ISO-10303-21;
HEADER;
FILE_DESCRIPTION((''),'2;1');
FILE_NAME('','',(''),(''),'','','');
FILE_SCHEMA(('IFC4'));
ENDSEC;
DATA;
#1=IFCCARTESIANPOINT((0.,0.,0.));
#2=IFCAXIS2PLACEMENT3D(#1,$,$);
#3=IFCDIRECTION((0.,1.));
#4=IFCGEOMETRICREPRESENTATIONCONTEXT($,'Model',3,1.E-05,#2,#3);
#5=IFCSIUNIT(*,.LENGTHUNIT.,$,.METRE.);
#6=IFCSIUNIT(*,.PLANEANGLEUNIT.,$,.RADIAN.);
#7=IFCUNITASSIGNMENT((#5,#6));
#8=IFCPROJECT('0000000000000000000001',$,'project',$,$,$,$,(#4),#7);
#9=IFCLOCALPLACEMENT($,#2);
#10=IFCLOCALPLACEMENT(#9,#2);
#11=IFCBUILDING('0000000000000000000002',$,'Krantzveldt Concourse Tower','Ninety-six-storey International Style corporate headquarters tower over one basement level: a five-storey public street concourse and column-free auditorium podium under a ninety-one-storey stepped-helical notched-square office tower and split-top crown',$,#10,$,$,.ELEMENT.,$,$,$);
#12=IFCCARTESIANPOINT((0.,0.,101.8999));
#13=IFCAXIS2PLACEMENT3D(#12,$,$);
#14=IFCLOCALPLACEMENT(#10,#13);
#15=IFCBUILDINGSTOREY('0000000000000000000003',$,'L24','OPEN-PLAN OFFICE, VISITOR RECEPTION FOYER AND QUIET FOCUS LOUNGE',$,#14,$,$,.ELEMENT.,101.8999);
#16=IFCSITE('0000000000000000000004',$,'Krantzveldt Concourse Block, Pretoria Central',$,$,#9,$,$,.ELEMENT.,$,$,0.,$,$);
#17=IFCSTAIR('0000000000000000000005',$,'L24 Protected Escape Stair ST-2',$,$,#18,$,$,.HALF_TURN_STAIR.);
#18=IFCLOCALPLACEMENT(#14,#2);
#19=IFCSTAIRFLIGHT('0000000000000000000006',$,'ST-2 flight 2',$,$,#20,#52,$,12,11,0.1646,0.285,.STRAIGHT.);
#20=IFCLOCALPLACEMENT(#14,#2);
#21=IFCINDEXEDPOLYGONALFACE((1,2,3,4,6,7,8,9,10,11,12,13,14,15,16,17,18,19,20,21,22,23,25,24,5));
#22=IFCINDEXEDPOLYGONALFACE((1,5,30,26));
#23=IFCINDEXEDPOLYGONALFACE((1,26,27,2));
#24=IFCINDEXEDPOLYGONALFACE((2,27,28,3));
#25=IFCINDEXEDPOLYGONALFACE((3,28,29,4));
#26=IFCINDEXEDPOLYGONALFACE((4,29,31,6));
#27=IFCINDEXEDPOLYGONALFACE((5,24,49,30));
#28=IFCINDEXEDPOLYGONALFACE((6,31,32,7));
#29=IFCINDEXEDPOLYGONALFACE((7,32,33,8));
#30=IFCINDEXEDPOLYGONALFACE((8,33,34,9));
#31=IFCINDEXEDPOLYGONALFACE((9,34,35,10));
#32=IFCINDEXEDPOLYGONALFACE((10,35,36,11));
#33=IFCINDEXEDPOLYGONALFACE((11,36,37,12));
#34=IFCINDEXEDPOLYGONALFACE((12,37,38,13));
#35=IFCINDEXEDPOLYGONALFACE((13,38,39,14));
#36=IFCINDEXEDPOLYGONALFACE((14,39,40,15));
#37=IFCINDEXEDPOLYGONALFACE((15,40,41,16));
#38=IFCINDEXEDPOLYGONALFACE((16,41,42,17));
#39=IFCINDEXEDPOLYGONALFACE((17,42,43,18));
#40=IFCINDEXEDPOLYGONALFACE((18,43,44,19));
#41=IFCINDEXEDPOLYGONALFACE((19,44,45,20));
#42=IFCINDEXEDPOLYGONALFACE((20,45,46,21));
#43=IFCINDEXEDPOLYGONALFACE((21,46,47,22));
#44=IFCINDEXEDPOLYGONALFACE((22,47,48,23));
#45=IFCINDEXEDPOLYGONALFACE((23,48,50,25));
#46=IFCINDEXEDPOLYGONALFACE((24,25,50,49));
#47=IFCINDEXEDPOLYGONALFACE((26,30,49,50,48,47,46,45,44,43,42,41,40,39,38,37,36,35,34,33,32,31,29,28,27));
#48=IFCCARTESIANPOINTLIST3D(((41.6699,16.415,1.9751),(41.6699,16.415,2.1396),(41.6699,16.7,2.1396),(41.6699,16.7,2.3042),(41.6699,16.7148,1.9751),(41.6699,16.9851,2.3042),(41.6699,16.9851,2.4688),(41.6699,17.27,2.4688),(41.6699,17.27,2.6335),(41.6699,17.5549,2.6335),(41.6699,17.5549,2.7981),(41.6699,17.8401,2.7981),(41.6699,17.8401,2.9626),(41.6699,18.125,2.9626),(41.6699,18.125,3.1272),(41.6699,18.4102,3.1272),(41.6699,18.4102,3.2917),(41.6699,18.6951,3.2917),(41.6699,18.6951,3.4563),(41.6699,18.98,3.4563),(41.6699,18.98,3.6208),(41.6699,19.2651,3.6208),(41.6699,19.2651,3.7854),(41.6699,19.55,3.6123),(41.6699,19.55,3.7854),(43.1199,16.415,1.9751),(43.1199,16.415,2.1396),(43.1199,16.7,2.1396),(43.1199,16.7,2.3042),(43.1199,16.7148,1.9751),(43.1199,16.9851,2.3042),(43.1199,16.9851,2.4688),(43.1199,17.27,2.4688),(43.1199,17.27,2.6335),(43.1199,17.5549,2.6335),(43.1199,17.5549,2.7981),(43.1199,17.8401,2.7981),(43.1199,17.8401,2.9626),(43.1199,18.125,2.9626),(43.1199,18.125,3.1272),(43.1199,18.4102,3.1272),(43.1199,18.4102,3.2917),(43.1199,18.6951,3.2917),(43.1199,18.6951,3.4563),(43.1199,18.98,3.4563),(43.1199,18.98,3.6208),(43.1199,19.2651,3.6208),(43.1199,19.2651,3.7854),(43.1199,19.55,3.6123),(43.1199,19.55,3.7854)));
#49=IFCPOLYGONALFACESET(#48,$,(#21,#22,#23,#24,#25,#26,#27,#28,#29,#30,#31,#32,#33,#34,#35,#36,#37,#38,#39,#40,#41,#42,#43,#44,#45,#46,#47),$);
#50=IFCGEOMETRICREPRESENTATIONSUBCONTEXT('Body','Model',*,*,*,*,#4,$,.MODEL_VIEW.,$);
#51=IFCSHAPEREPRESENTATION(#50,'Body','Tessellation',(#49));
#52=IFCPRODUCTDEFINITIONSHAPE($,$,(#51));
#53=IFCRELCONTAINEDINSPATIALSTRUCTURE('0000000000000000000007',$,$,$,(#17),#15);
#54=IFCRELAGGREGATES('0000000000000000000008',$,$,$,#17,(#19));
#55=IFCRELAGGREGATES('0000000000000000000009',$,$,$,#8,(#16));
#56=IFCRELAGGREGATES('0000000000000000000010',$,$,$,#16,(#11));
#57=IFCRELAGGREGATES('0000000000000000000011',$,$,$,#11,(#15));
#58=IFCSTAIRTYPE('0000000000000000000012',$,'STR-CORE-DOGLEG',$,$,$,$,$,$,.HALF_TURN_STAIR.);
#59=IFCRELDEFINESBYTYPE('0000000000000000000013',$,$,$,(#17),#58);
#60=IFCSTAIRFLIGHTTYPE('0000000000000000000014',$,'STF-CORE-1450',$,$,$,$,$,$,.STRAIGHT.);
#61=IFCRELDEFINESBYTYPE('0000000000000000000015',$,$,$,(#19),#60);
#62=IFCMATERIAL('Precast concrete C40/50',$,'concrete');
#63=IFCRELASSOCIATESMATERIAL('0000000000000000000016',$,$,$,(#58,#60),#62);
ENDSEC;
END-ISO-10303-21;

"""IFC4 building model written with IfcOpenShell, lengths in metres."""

from ifc_helpers import new_model, si_unit, direction, frame, origin, place, context, subcontext, project, spatial, polyline, outline, extrude, material, type_object, element, aggregate, save


model = new_model("IFC4")

# Units and contexts
model_context = context("Model", 3, precision=1e-05, world=origin(), true_north=direction((0.0, 1.0)))
body_context = subcontext(model_context, "Body", "Model", "MODEL_VIEW")
ifc_project = project(units=[si_unit("LENGTHUNIT", "METRE"), si_unit("PLANEANGLEUNIT", "RADIAN")], contexts=[model_context])

# Site, building, storey
site_placement = place(None, origin())
site = spatial("IfcSite", under=ifc_project, at=site_placement, Name="Krantzveldt Concourse Block, Pretoria Central", CompositionType="ELEMENT", RefElevation=0.0)
building_placement = place(site_placement, origin())
building = spatial("IfcBuilding", under=site, at=building_placement, Name="Krantzveldt Concourse Tower", Description="Ninety-six-storey International Style corporate headquarters tower over one basement level: a five-storey public street concourse and column-free auditorium podium under a ninety-one-storey stepped-helical notched-square office tower and split-top crown", CompositionType="ELEMENT")
storey_placement = place(building_placement, frame((0.0, 0.0, 101.8999)))
storey = spatial("IfcBuildingStorey", under=building, at=storey_placement, Name="L24", Description="OPEN-PLAN OFFICE, VISITOR RECEPTION FOYER AND QUIET FOCUS LOUNGE", CompositionType="ELEMENT", Elevation=101.8999)

# Stair, stair flight
ifc_material_1 = material(Name="Precast concrete C40/50", Category="concrete")
stair_type = type_object("IfcStairType", Name="STR-CORE-DOGLEG", PredefinedType="HALF_TURN_STAIR", material=ifc_material_1)
stair_placement = place(storey_placement, origin())
stair = element("IfcStair", 1, at=stair_placement, inside=storey, type_object=stair_type, Name="L24 Protected Escape Stair ST-2", PredefinedType="HALF_TURN_STAIR")
stair_flight_type = type_object("IfcStairFlightType", Name="STF-CORE-1450", PredefinedType="STRAIGHT", material=ifc_material_1)
stair_flight_1_placement = place(storey_placement, frame((42.395, 16.415, 1.9751), z_axis=(0.0, 0.0, 1.0), x_axis=(0.0, 1.0, 0.0)))
stair_flight_1 = element("IfcStairFlight", 2, at=stair_flight_1_placement, type_object=stair_flight_type, Name="ST-2 flight 2", NumberOfRisers=12, NumberOfTreads=11, PredefinedType="STRAIGHT", RiserHeight=0.1646, TreadLength=0.285, context=body_context, shape_type="SweptSolid", body=[
    extrude(outline(polyline([(0.0, 0.0), (0.0, 0.1646), (0.2849, 0.1646), (0.2849, 0.3291), (0.5701, 0.3291), (0.5701, 0.4937), (0.855, 0.4937), (0.855, 0.6584), (1.1399, 0.6584), (1.1399, 0.823), (1.425, 0.823), (1.425, 0.9875), (1.71, 0.9875), (1.71, 1.1521), (1.9951, 1.1521), (1.9951, 1.3167), (2.28, 1.3167), (2.28, 1.4812), (2.5649, 1.4812), (2.5649, 1.6458), (2.8501, 1.6458), (2.8501, 1.8103), (3.135, 1.8103), (3.135, 1.9751), (3.135, 1.6372), (0.2998, 0.0), (0.0, 0.0)])), frame((0.0, 0.7251, 0.0), z_axis=(0.0, -1.0, 0.0), x_axis=(1.0, 0.0, 0.0)), (0.0, 0.0, 1.0), 1.45),
])
aggregate(stair, [stair_flight_1])

save(model, "model.ifc")
